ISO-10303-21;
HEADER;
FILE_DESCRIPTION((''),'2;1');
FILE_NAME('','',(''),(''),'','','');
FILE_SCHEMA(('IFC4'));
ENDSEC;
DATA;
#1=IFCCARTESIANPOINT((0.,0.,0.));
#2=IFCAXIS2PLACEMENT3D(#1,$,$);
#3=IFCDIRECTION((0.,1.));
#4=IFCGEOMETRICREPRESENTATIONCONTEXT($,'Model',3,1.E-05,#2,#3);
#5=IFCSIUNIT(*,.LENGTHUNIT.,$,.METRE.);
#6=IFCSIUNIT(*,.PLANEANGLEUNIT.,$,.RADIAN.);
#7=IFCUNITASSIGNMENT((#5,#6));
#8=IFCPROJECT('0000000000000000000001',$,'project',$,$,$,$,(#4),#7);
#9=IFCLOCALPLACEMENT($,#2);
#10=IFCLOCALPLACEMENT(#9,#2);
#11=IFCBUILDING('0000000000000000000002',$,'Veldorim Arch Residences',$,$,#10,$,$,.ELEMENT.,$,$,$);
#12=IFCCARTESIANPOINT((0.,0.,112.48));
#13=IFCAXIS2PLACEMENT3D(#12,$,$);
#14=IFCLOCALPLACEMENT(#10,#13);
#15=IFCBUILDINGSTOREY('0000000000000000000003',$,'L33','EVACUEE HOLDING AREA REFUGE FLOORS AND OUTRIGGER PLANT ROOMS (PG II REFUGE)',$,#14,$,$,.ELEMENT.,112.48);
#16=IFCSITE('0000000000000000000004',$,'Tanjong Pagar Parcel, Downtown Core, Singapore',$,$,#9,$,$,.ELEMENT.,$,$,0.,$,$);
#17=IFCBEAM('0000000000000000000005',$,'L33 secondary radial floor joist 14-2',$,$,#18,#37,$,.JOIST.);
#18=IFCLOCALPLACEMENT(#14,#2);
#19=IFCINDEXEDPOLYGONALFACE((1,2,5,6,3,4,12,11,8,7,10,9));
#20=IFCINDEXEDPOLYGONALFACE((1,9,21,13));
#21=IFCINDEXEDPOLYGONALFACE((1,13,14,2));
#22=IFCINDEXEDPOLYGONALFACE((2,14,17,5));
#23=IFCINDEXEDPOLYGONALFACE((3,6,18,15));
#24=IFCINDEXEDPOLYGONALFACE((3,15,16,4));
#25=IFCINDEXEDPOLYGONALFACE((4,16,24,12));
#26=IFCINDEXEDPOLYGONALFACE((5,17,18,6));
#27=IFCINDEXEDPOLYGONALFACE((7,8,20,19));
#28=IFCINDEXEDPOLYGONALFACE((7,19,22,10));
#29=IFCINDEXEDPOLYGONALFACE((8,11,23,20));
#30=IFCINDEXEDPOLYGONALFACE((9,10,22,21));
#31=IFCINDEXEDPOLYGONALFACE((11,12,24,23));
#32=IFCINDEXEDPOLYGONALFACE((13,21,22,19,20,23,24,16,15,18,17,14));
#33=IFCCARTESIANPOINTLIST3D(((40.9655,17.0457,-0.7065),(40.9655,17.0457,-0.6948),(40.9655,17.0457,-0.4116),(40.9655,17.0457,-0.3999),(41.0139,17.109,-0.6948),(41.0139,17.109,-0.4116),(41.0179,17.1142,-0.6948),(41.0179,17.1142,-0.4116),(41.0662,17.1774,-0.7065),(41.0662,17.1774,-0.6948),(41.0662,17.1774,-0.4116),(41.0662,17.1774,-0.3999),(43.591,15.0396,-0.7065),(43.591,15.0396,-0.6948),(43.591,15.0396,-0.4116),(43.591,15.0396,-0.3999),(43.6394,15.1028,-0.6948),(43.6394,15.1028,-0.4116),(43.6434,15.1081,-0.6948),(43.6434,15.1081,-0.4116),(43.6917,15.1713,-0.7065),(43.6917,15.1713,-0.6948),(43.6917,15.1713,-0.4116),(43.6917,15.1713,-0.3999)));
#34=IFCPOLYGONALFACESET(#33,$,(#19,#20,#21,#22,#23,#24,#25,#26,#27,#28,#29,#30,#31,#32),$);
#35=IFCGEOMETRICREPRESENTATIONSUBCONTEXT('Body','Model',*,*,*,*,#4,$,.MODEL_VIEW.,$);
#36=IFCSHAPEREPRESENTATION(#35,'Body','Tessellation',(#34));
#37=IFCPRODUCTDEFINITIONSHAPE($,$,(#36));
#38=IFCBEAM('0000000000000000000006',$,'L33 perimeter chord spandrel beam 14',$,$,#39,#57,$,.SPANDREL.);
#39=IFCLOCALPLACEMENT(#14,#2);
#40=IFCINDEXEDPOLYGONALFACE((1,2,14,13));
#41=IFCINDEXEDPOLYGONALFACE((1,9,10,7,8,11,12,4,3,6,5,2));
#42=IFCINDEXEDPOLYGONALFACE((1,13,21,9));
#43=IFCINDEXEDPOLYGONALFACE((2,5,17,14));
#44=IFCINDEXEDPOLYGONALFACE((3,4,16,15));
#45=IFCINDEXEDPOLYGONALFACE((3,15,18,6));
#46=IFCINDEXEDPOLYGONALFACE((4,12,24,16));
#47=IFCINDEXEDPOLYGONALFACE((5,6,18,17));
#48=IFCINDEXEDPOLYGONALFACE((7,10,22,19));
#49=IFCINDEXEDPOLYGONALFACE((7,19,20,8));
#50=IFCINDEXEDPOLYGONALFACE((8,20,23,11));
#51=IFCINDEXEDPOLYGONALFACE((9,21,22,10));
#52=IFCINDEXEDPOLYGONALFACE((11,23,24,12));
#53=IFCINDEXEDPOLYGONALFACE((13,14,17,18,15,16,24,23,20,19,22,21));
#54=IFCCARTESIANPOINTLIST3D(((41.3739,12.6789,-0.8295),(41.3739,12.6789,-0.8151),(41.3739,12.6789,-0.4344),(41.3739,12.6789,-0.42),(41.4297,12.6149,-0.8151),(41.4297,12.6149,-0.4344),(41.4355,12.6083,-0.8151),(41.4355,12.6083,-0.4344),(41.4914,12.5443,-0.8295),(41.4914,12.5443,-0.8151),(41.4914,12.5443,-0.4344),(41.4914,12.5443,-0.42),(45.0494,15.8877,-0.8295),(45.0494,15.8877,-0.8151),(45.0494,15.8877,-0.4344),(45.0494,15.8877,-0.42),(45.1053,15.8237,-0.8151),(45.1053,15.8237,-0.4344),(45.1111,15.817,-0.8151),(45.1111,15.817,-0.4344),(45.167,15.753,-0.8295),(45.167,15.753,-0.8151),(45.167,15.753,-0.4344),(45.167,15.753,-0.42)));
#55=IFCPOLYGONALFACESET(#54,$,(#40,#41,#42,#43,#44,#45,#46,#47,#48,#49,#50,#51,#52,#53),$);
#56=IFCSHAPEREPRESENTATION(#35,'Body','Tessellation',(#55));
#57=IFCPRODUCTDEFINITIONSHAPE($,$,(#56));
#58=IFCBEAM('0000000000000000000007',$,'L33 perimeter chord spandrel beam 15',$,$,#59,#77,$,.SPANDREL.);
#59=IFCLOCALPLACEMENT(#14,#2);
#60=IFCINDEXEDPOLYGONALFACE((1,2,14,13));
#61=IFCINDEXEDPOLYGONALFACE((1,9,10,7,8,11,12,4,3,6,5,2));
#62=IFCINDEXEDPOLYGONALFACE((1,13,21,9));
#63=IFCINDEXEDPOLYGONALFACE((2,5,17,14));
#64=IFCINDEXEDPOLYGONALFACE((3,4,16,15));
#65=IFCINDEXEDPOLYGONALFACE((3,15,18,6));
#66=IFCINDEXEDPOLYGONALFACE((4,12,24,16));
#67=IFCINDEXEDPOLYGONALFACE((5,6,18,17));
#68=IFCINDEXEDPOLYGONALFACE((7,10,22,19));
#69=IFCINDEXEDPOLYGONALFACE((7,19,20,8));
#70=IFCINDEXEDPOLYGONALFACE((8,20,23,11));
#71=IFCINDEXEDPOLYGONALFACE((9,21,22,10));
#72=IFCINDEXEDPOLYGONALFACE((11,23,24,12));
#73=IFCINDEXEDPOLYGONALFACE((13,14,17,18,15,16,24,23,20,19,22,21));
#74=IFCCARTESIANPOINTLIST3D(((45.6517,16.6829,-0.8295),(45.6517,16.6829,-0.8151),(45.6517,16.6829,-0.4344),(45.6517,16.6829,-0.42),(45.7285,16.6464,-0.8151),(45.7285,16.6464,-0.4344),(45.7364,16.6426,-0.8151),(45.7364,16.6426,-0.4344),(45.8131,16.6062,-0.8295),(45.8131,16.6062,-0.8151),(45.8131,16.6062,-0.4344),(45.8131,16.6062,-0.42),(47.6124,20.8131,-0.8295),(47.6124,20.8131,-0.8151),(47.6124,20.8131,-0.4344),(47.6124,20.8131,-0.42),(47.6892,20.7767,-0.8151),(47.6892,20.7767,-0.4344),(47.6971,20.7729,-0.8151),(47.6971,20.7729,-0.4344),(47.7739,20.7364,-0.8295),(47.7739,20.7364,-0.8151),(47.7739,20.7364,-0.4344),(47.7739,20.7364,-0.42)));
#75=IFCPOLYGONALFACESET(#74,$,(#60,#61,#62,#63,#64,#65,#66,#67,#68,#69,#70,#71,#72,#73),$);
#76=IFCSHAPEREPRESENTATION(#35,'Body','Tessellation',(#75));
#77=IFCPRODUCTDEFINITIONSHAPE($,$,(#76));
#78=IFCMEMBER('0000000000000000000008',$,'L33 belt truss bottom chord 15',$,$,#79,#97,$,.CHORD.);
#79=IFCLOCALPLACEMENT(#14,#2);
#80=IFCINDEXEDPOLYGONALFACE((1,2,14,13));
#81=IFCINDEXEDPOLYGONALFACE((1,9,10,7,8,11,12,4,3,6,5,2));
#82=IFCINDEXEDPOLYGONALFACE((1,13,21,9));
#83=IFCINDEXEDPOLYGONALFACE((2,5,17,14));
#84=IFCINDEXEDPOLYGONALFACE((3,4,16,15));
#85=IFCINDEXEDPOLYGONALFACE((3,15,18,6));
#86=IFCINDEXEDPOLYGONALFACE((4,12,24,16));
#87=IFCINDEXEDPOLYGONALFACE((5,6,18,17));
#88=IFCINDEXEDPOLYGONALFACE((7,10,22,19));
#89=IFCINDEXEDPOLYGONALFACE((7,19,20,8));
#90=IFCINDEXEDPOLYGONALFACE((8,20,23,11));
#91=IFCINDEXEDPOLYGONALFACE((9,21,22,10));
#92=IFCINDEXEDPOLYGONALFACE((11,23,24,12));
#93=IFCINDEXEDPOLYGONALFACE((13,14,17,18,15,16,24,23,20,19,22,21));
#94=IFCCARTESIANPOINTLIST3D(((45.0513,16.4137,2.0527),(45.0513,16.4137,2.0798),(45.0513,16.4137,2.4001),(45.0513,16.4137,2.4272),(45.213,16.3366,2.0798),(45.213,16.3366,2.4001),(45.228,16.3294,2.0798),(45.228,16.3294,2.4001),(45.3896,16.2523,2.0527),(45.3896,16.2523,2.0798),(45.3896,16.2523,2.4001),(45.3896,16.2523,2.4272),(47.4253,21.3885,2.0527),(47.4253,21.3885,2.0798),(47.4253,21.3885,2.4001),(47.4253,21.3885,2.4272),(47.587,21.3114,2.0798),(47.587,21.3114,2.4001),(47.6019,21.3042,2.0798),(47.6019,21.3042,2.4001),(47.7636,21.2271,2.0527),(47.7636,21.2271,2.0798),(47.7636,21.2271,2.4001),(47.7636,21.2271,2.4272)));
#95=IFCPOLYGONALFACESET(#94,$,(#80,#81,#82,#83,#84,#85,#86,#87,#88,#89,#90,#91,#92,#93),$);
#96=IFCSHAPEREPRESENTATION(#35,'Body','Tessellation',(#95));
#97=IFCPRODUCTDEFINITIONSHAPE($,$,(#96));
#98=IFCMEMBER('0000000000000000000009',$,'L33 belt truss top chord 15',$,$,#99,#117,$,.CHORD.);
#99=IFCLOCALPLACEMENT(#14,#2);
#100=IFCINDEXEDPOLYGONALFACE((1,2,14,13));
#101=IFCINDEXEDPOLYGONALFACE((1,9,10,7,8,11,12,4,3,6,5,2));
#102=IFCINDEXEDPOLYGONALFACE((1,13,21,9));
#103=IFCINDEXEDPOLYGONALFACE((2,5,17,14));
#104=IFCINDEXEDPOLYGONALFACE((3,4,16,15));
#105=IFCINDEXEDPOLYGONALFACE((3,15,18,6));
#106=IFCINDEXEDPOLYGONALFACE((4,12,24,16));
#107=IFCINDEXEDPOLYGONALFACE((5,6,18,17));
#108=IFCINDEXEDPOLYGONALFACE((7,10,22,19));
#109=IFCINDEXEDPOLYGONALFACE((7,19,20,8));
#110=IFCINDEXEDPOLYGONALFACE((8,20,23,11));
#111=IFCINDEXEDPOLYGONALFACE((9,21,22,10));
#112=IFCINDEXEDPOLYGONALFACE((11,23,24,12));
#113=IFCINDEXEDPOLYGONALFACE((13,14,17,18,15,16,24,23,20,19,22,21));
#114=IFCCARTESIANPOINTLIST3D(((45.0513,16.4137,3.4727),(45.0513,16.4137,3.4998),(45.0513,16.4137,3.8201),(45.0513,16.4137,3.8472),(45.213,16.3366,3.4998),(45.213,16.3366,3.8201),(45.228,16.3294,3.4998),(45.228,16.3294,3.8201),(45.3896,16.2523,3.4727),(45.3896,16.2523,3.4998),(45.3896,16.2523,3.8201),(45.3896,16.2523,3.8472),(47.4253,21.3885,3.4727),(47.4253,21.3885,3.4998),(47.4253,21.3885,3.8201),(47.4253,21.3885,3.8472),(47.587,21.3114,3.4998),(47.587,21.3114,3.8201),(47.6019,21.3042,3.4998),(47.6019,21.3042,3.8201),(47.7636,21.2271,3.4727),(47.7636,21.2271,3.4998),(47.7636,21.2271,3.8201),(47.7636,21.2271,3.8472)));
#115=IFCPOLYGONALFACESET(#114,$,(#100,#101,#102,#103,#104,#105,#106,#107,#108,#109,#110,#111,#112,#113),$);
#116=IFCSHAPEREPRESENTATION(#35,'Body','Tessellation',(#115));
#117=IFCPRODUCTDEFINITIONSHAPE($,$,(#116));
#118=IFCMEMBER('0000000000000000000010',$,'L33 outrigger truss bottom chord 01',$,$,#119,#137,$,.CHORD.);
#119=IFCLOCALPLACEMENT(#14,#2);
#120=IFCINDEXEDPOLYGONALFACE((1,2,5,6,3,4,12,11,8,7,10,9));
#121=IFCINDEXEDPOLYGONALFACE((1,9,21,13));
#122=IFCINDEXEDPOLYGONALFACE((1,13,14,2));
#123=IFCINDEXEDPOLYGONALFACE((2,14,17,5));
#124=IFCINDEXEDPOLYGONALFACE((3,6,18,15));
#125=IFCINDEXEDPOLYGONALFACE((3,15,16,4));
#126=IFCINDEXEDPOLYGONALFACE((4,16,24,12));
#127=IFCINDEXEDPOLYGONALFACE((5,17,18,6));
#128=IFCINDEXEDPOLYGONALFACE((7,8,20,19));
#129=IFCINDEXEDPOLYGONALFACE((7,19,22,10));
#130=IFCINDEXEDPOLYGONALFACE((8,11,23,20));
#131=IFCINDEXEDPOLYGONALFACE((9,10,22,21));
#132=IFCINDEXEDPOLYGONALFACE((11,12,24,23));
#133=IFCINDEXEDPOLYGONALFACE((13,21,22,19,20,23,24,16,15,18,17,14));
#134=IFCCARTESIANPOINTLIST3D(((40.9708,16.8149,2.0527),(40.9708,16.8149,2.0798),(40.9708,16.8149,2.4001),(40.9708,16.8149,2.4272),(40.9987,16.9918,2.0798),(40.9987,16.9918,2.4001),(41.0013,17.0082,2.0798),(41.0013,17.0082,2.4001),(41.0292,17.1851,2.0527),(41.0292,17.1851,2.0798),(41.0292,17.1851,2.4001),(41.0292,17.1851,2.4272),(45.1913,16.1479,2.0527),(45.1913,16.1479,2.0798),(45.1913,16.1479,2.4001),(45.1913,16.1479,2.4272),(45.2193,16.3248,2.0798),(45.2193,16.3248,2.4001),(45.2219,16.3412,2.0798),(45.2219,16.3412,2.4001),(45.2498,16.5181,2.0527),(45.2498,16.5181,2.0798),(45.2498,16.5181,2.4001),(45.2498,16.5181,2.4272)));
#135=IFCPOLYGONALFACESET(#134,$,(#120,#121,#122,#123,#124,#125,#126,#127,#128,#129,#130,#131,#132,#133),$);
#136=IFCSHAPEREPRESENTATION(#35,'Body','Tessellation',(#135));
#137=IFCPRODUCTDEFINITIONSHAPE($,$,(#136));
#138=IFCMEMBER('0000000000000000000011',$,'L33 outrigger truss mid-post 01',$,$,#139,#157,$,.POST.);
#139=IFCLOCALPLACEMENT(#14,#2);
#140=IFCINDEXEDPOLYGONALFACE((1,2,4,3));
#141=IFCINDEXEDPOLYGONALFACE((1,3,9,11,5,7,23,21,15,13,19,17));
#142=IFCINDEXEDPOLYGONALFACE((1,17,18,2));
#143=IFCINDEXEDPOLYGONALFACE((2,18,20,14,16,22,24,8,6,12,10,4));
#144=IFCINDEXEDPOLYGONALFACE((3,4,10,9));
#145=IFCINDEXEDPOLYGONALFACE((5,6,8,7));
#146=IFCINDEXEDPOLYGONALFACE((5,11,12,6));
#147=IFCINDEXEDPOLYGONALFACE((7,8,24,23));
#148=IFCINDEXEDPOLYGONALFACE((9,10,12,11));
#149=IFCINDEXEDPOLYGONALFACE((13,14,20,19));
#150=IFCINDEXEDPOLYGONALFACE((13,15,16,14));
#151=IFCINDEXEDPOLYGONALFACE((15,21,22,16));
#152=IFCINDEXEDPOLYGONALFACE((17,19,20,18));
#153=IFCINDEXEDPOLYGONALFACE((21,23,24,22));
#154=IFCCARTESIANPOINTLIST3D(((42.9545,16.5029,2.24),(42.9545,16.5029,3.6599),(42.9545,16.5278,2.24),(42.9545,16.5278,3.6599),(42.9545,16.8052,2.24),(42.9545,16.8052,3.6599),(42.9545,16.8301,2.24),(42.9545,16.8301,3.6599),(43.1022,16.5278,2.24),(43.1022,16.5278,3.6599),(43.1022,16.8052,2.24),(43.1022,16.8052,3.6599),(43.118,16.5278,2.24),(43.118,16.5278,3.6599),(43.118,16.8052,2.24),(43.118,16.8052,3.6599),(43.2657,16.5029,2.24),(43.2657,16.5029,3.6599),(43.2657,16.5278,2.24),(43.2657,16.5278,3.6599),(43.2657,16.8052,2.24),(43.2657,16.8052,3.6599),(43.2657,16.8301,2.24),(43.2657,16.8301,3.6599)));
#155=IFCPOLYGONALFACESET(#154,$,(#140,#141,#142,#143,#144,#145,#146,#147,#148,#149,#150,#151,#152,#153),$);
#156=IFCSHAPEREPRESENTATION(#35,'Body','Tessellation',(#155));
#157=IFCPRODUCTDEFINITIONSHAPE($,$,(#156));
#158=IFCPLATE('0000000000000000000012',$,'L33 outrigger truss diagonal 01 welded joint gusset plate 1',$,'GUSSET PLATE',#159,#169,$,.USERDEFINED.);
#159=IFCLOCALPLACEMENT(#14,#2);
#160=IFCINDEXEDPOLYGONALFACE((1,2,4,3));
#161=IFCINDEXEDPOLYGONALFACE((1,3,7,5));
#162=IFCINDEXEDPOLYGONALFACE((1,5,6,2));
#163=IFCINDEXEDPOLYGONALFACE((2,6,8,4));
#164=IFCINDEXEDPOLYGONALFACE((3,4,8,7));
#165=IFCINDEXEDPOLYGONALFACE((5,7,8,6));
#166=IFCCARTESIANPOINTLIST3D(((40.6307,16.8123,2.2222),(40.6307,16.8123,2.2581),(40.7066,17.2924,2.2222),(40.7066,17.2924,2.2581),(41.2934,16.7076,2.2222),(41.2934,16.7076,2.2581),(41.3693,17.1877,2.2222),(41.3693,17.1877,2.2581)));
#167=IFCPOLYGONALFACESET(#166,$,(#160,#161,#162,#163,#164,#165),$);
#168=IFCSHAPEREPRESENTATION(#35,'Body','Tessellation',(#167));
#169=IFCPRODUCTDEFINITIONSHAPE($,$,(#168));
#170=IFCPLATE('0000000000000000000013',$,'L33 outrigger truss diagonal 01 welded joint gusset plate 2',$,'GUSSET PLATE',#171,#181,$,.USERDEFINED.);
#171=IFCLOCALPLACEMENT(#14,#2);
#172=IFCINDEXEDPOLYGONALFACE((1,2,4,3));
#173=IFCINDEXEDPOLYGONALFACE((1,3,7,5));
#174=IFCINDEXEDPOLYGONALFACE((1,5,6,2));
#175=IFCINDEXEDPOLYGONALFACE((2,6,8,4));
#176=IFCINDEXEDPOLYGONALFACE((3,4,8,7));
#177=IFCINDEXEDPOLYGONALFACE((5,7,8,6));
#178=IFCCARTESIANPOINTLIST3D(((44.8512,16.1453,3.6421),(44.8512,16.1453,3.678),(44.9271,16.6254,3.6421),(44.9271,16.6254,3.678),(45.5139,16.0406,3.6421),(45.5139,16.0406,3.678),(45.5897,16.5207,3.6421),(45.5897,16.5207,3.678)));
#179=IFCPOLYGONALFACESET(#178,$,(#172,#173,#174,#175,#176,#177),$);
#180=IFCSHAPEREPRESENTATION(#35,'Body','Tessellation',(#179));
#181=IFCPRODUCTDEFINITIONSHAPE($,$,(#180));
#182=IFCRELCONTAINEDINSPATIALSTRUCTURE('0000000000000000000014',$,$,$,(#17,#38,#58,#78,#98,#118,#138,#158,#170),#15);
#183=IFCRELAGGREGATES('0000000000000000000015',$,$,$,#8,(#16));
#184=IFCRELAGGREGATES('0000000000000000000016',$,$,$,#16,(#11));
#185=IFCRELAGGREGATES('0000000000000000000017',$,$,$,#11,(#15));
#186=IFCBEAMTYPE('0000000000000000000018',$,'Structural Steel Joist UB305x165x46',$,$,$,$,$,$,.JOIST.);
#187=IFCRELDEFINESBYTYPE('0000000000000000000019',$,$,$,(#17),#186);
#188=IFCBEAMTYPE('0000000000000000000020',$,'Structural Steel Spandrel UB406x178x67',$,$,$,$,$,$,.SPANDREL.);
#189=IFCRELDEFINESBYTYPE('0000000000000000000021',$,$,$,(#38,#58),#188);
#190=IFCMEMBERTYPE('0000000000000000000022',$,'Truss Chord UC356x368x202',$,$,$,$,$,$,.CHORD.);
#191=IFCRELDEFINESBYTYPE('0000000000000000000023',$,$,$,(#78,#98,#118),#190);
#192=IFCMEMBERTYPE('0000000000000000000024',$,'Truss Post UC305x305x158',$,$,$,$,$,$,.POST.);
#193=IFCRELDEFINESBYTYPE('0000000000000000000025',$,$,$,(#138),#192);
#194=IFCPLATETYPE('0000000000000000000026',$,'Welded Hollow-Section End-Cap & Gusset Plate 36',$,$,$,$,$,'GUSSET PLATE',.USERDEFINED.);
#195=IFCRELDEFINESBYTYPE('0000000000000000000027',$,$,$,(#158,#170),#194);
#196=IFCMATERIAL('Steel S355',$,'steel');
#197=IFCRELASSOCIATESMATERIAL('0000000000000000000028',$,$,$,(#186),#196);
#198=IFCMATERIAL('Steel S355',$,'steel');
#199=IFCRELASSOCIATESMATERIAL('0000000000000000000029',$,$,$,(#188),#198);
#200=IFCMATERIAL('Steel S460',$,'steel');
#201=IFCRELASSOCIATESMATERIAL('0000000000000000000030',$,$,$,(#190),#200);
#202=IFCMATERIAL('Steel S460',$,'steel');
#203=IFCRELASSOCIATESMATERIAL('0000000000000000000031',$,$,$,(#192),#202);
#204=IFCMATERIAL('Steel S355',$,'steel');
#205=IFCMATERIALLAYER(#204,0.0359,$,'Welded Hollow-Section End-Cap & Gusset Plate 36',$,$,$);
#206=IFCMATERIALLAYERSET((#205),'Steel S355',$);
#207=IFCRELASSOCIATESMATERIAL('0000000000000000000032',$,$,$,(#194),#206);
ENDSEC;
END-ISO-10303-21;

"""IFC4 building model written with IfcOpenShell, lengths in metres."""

from ifc_helpers import new_model, si_unit, direction, frame, origin, origin_2d, place, context, subcontext, project, spatial, rectangle, i_section, extrude, material, layer, layer_set, material_profile, profile_set, type_object, element, save


model = new_model("IFC4")

# Units and contexts
model_context = context("Model", 3, precision=1e-05, world=origin(), true_north=direction((0.0, 1.0)))
body_context = subcontext(model_context, "Body", "Model", "MODEL_VIEW")
ifc_project = project(units=[si_unit("LENGTHUNIT", "METRE"), si_unit("PLANEANGLEUNIT", "RADIAN")], contexts=[model_context])

# Site, building, storey
site_placement = place(None, origin())
site = spatial("IfcSite", under=ifc_project, at=site_placement, Name="Tanjong Pagar Parcel, Downtown Core, Singapore", CompositionType="ELEMENT", RefElevation=0.0)
building_placement = place(site_placement, origin())
building = spatial("IfcBuilding", under=site, at=building_placement, Name="Veldorim Arch Residences", CompositionType="ELEMENT")
storey_placement = place(building_placement, frame((0.0, 0.0, 112.48)))
storey = spatial("IfcBuildingStorey", under=building, at=storey_placement, Name="L33", Description="EVACUEE HOLDING AREA REFUGE FLOORS AND OUTRIGGER PLANT ROOMS (PG II REFUGE)", CompositionType="ELEMENT", Elevation=112.48)

# Beams
ifc_material_1 = material(Name="Steel S355", Category="steel")
ifc_material_profile_1 = material_profile(ifc_material_1, i_section(OverallWidth=0.1658, OverallDepth=0.3066, WebThickness=0.0066, FlangeThickness=0.0117, at=origin_2d()), Name="UB305x165x46")
ifc_profile_set_1 = profile_set([ifc_material_profile_1], Name="Steel S355")
beam_type_1 = type_object("IfcBeamType", Name="Structural Steel Joist UB305x165x46", PredefinedType="JOIST", material=ifc_profile_set_1)
beam_1_placement = place(storey_placement, frame((41.0159, 17.1116, -0.5532), z_axis=(0.794595, -0.60714, 0.0), x_axis=(0.60714, 0.794595, 0.0)))
element("IfcBeam", 1, at=beam_1_placement, inside=storey, type_object=beam_type_1, Name="L33 secondary radial floor joist 14-2", PredefinedType="JOIST", context=body_context, shape_type="SweptSolid", body=[
    extrude(i_section(OverallWidth=0.1658, OverallDepth=0.3066, WebThickness=0.0066, FlangeThickness=0.0117, at=origin_2d()), origin(), (0.0, 0.0, 1.0), 3.3042),
])
ifc_material_2 = material(Name="Steel S355", Category="steel")
ifc_material_profile_2 = material_profile(ifc_material_2, i_section(OverallWidth=0.1787, OverallDepth=0.4094, WebThickness=0.0088, FlangeThickness=0.0144, at=origin_2d()), Name="UB406x178x67")
ifc_profile_set_2 = profile_set([ifc_material_profile_2], Name="Steel S355")
beam_type_2 = type_object("IfcBeamType", Name="Structural Steel Spandrel UB406x178x67", PredefinedType="SPANDREL", material=ifc_profile_set_2)
beam_2_placement = place(storey_placement, frame((41.4326, 12.6116, -0.6248), z_axis=(0.753323, 0.65765, 0.0), x_axis=(-0.65765, 0.753323, 0.0)))
element("IfcBeam", 2, at=beam_2_placement, inside=storey, type_object=beam_type_2, Name="L33 perimeter chord spandrel beam 14", PredefinedType="SPANDREL", context=body_context, shape_type="SweptSolid", body=[
    extrude(i_section(OverallWidth=0.1787, OverallDepth=0.4094, WebThickness=0.0088, FlangeThickness=0.0144, at=origin_2d()), origin(), (0.0, 0.0, 1.0), 4.8792),
])
beam_3_placement = place(storey_placement, frame((45.7324, 16.6445, -0.6248), z_axis=(0.428857, 0.903372, 0.0), x_axis=(-0.903372, 0.428857, 0.0)))
element("IfcBeam", 3, at=beam_3_placement, inside=storey, type_object=beam_type_2, Name="L33 perimeter chord spandrel beam 15", PredefinedType="SPANDREL", context=body_context, shape_type="SweptSolid", body=[
    extrude(i_section(OverallWidth=0.1787, OverallDepth=0.4094, WebThickness=0.0088, FlangeThickness=0.0144, at=origin_2d()), origin(), (0.0, 0.0, 1.0), 4.572),
])

# Members
ifc_material_3 = material(Name="Steel S460", Category="steel")
ifc_material_profile_3 = material_profile(ifc_material_3, i_section(OverallWidth=0.3748, OverallDepth=0.3745, WebThickness=0.0166, FlangeThickness=0.0271, at=origin_2d()), Name="UC356x368x202")
ifc_profile_set_3 = profile_set([ifc_material_profile_3], Name="Steel S460")
member_type_1 = type_object("IfcMemberType", Name="Truss Chord UC356x368x202", PredefinedType="CHORD", material=ifc_profile_set_3)
for number, where, z_axis, x_axis, name in (
    (4, (45.2205, 16.333, 2.24), (0.43068, 0.902505, 0.0), (-0.902505, 0.43068, 0.0), "L33 belt truss bottom chord 15"),
    (5, (45.2205, 16.333, 3.6599), (0.43068, 0.902505, 0.0), (-0.902505, 0.43068, 0.0), "L33 belt truss top chord 15"),
):
    element("IfcMember", number, at=place(storey_placement, frame(where, z_axis=z_axis, x_axis=x_axis)), inside=storey, type_object=member_type_1, Name=name, PredefinedType="CHORD", context=body_context, shape_type="SweptSolid", body=[
        extrude(i_section(OverallWidth=0.3748, OverallDepth=0.3745, WebThickness=0.0166, FlangeThickness=0.0271, at=origin_2d()), origin(), (0.0, 0.0, 1.0), 5.5122),
    ])
member_1_placement = place(storey_placement, frame((41.0, 17.0, 2.24), z_axis=(0.987741, -0.1561, 0.0), x_axis=(0.1561, 0.987741, 0.0)))
element("IfcMember", 6, at=member_1_placement, inside=storey, type_object=member_type_1, Name="L33 outrigger truss bottom chord 01", PredefinedType="CHORD", context=body_context, shape_type="SweptSolid", body=[
    extrude(i_section(OverallWidth=0.3748, OverallDepth=0.3745, WebThickness=0.0166, FlangeThickness=0.0271, at=origin_2d()), origin(), (0.0, 0.0, 1.0), 4.2729),
])
ifc_material_4 = material(Name="Steel S460", Category="steel")
ifc_material_profile_4 = material_profile(ifc_material_4, i_section(OverallWidth=0.3113, OverallDepth=0.3271, WebThickness=0.0159, FlangeThickness=0.0249, at=origin_2d()), Name="UC305x305x158")
ifc_profile_set_4 = profile_set([ifc_material_profile_4], Name="Steel S460")
member_type_2 = type_object("IfcMemberType", Name="Truss Post UC305x305x158", PredefinedType="POST", material=ifc_profile_set_4)
member_2_placement = place(storey_placement, frame((43.1101, 16.6665, 2.24), z_axis=(0.0, 0.0, 1.0), x_axis=(1.0, 0.0, 0.0)))
element("IfcMember", 7, at=member_2_placement, inside=storey, type_object=member_type_2, Name="L33 outrigger truss mid-post 01", PredefinedType="POST", context=body_context, shape_type="SweptSolid", body=[
    extrude(i_section(OverallWidth=0.3113, OverallDepth=0.3271, WebThickness=0.0159, FlangeThickness=0.0249, at=origin_2d()), origin(), (0.0, 0.0, 1.0), 1.4199),
])

# Plates
ifc_material_5 = material(Name="Steel S355", Category="steel")
ifc_layer_1 = layer(ifc_material_5, 0.0359, Name="Welded Hollow-Section End-Cap & Gusset Plate 36")
ifc_layer_set_1 = layer_set([ifc_layer_1], Name="Steel S355")
plate_type = type_object("IfcPlateType", Name="Welded Hollow-Section End-Cap & Gusset Plate 36", ElementType="GUSSET PLATE", PredefinedType="USERDEFINED", material=ifc_layer_set_1)
for number, where, z_axis, x_axis, name in (
    (8, (41.0, 17.0, 2.2222), (0.0, 0.0, 1.0), (0.987743, -0.15609, 0.0), "L33 outrigger truss diagonal 01 welded joint gusset plate 1"),
    (9, (45.2205, 16.333, 3.6421), (0.0, 0.0, 1.0), (0.987743, -0.15609, 0.0), "L33 outrigger truss diagonal 01 welded joint gusset plate 2"),
):
    element("IfcPlate", number, at=place(storey_placement, frame(where, z_axis=z_axis, x_axis=x_axis)), inside=storey, type_object=plate_type, Name=name, ObjectType="GUSSET PLATE", PredefinedType="USERDEFINED", context=body_context, shape_type="SweptSolid", body=[
        extrude(rectangle(XDim=0.6709, YDim=0.4861, at=origin_2d()), origin(), (0.0, 0.0, 1.0), 0.0359),
    ])

save(model, "model.ifc")
